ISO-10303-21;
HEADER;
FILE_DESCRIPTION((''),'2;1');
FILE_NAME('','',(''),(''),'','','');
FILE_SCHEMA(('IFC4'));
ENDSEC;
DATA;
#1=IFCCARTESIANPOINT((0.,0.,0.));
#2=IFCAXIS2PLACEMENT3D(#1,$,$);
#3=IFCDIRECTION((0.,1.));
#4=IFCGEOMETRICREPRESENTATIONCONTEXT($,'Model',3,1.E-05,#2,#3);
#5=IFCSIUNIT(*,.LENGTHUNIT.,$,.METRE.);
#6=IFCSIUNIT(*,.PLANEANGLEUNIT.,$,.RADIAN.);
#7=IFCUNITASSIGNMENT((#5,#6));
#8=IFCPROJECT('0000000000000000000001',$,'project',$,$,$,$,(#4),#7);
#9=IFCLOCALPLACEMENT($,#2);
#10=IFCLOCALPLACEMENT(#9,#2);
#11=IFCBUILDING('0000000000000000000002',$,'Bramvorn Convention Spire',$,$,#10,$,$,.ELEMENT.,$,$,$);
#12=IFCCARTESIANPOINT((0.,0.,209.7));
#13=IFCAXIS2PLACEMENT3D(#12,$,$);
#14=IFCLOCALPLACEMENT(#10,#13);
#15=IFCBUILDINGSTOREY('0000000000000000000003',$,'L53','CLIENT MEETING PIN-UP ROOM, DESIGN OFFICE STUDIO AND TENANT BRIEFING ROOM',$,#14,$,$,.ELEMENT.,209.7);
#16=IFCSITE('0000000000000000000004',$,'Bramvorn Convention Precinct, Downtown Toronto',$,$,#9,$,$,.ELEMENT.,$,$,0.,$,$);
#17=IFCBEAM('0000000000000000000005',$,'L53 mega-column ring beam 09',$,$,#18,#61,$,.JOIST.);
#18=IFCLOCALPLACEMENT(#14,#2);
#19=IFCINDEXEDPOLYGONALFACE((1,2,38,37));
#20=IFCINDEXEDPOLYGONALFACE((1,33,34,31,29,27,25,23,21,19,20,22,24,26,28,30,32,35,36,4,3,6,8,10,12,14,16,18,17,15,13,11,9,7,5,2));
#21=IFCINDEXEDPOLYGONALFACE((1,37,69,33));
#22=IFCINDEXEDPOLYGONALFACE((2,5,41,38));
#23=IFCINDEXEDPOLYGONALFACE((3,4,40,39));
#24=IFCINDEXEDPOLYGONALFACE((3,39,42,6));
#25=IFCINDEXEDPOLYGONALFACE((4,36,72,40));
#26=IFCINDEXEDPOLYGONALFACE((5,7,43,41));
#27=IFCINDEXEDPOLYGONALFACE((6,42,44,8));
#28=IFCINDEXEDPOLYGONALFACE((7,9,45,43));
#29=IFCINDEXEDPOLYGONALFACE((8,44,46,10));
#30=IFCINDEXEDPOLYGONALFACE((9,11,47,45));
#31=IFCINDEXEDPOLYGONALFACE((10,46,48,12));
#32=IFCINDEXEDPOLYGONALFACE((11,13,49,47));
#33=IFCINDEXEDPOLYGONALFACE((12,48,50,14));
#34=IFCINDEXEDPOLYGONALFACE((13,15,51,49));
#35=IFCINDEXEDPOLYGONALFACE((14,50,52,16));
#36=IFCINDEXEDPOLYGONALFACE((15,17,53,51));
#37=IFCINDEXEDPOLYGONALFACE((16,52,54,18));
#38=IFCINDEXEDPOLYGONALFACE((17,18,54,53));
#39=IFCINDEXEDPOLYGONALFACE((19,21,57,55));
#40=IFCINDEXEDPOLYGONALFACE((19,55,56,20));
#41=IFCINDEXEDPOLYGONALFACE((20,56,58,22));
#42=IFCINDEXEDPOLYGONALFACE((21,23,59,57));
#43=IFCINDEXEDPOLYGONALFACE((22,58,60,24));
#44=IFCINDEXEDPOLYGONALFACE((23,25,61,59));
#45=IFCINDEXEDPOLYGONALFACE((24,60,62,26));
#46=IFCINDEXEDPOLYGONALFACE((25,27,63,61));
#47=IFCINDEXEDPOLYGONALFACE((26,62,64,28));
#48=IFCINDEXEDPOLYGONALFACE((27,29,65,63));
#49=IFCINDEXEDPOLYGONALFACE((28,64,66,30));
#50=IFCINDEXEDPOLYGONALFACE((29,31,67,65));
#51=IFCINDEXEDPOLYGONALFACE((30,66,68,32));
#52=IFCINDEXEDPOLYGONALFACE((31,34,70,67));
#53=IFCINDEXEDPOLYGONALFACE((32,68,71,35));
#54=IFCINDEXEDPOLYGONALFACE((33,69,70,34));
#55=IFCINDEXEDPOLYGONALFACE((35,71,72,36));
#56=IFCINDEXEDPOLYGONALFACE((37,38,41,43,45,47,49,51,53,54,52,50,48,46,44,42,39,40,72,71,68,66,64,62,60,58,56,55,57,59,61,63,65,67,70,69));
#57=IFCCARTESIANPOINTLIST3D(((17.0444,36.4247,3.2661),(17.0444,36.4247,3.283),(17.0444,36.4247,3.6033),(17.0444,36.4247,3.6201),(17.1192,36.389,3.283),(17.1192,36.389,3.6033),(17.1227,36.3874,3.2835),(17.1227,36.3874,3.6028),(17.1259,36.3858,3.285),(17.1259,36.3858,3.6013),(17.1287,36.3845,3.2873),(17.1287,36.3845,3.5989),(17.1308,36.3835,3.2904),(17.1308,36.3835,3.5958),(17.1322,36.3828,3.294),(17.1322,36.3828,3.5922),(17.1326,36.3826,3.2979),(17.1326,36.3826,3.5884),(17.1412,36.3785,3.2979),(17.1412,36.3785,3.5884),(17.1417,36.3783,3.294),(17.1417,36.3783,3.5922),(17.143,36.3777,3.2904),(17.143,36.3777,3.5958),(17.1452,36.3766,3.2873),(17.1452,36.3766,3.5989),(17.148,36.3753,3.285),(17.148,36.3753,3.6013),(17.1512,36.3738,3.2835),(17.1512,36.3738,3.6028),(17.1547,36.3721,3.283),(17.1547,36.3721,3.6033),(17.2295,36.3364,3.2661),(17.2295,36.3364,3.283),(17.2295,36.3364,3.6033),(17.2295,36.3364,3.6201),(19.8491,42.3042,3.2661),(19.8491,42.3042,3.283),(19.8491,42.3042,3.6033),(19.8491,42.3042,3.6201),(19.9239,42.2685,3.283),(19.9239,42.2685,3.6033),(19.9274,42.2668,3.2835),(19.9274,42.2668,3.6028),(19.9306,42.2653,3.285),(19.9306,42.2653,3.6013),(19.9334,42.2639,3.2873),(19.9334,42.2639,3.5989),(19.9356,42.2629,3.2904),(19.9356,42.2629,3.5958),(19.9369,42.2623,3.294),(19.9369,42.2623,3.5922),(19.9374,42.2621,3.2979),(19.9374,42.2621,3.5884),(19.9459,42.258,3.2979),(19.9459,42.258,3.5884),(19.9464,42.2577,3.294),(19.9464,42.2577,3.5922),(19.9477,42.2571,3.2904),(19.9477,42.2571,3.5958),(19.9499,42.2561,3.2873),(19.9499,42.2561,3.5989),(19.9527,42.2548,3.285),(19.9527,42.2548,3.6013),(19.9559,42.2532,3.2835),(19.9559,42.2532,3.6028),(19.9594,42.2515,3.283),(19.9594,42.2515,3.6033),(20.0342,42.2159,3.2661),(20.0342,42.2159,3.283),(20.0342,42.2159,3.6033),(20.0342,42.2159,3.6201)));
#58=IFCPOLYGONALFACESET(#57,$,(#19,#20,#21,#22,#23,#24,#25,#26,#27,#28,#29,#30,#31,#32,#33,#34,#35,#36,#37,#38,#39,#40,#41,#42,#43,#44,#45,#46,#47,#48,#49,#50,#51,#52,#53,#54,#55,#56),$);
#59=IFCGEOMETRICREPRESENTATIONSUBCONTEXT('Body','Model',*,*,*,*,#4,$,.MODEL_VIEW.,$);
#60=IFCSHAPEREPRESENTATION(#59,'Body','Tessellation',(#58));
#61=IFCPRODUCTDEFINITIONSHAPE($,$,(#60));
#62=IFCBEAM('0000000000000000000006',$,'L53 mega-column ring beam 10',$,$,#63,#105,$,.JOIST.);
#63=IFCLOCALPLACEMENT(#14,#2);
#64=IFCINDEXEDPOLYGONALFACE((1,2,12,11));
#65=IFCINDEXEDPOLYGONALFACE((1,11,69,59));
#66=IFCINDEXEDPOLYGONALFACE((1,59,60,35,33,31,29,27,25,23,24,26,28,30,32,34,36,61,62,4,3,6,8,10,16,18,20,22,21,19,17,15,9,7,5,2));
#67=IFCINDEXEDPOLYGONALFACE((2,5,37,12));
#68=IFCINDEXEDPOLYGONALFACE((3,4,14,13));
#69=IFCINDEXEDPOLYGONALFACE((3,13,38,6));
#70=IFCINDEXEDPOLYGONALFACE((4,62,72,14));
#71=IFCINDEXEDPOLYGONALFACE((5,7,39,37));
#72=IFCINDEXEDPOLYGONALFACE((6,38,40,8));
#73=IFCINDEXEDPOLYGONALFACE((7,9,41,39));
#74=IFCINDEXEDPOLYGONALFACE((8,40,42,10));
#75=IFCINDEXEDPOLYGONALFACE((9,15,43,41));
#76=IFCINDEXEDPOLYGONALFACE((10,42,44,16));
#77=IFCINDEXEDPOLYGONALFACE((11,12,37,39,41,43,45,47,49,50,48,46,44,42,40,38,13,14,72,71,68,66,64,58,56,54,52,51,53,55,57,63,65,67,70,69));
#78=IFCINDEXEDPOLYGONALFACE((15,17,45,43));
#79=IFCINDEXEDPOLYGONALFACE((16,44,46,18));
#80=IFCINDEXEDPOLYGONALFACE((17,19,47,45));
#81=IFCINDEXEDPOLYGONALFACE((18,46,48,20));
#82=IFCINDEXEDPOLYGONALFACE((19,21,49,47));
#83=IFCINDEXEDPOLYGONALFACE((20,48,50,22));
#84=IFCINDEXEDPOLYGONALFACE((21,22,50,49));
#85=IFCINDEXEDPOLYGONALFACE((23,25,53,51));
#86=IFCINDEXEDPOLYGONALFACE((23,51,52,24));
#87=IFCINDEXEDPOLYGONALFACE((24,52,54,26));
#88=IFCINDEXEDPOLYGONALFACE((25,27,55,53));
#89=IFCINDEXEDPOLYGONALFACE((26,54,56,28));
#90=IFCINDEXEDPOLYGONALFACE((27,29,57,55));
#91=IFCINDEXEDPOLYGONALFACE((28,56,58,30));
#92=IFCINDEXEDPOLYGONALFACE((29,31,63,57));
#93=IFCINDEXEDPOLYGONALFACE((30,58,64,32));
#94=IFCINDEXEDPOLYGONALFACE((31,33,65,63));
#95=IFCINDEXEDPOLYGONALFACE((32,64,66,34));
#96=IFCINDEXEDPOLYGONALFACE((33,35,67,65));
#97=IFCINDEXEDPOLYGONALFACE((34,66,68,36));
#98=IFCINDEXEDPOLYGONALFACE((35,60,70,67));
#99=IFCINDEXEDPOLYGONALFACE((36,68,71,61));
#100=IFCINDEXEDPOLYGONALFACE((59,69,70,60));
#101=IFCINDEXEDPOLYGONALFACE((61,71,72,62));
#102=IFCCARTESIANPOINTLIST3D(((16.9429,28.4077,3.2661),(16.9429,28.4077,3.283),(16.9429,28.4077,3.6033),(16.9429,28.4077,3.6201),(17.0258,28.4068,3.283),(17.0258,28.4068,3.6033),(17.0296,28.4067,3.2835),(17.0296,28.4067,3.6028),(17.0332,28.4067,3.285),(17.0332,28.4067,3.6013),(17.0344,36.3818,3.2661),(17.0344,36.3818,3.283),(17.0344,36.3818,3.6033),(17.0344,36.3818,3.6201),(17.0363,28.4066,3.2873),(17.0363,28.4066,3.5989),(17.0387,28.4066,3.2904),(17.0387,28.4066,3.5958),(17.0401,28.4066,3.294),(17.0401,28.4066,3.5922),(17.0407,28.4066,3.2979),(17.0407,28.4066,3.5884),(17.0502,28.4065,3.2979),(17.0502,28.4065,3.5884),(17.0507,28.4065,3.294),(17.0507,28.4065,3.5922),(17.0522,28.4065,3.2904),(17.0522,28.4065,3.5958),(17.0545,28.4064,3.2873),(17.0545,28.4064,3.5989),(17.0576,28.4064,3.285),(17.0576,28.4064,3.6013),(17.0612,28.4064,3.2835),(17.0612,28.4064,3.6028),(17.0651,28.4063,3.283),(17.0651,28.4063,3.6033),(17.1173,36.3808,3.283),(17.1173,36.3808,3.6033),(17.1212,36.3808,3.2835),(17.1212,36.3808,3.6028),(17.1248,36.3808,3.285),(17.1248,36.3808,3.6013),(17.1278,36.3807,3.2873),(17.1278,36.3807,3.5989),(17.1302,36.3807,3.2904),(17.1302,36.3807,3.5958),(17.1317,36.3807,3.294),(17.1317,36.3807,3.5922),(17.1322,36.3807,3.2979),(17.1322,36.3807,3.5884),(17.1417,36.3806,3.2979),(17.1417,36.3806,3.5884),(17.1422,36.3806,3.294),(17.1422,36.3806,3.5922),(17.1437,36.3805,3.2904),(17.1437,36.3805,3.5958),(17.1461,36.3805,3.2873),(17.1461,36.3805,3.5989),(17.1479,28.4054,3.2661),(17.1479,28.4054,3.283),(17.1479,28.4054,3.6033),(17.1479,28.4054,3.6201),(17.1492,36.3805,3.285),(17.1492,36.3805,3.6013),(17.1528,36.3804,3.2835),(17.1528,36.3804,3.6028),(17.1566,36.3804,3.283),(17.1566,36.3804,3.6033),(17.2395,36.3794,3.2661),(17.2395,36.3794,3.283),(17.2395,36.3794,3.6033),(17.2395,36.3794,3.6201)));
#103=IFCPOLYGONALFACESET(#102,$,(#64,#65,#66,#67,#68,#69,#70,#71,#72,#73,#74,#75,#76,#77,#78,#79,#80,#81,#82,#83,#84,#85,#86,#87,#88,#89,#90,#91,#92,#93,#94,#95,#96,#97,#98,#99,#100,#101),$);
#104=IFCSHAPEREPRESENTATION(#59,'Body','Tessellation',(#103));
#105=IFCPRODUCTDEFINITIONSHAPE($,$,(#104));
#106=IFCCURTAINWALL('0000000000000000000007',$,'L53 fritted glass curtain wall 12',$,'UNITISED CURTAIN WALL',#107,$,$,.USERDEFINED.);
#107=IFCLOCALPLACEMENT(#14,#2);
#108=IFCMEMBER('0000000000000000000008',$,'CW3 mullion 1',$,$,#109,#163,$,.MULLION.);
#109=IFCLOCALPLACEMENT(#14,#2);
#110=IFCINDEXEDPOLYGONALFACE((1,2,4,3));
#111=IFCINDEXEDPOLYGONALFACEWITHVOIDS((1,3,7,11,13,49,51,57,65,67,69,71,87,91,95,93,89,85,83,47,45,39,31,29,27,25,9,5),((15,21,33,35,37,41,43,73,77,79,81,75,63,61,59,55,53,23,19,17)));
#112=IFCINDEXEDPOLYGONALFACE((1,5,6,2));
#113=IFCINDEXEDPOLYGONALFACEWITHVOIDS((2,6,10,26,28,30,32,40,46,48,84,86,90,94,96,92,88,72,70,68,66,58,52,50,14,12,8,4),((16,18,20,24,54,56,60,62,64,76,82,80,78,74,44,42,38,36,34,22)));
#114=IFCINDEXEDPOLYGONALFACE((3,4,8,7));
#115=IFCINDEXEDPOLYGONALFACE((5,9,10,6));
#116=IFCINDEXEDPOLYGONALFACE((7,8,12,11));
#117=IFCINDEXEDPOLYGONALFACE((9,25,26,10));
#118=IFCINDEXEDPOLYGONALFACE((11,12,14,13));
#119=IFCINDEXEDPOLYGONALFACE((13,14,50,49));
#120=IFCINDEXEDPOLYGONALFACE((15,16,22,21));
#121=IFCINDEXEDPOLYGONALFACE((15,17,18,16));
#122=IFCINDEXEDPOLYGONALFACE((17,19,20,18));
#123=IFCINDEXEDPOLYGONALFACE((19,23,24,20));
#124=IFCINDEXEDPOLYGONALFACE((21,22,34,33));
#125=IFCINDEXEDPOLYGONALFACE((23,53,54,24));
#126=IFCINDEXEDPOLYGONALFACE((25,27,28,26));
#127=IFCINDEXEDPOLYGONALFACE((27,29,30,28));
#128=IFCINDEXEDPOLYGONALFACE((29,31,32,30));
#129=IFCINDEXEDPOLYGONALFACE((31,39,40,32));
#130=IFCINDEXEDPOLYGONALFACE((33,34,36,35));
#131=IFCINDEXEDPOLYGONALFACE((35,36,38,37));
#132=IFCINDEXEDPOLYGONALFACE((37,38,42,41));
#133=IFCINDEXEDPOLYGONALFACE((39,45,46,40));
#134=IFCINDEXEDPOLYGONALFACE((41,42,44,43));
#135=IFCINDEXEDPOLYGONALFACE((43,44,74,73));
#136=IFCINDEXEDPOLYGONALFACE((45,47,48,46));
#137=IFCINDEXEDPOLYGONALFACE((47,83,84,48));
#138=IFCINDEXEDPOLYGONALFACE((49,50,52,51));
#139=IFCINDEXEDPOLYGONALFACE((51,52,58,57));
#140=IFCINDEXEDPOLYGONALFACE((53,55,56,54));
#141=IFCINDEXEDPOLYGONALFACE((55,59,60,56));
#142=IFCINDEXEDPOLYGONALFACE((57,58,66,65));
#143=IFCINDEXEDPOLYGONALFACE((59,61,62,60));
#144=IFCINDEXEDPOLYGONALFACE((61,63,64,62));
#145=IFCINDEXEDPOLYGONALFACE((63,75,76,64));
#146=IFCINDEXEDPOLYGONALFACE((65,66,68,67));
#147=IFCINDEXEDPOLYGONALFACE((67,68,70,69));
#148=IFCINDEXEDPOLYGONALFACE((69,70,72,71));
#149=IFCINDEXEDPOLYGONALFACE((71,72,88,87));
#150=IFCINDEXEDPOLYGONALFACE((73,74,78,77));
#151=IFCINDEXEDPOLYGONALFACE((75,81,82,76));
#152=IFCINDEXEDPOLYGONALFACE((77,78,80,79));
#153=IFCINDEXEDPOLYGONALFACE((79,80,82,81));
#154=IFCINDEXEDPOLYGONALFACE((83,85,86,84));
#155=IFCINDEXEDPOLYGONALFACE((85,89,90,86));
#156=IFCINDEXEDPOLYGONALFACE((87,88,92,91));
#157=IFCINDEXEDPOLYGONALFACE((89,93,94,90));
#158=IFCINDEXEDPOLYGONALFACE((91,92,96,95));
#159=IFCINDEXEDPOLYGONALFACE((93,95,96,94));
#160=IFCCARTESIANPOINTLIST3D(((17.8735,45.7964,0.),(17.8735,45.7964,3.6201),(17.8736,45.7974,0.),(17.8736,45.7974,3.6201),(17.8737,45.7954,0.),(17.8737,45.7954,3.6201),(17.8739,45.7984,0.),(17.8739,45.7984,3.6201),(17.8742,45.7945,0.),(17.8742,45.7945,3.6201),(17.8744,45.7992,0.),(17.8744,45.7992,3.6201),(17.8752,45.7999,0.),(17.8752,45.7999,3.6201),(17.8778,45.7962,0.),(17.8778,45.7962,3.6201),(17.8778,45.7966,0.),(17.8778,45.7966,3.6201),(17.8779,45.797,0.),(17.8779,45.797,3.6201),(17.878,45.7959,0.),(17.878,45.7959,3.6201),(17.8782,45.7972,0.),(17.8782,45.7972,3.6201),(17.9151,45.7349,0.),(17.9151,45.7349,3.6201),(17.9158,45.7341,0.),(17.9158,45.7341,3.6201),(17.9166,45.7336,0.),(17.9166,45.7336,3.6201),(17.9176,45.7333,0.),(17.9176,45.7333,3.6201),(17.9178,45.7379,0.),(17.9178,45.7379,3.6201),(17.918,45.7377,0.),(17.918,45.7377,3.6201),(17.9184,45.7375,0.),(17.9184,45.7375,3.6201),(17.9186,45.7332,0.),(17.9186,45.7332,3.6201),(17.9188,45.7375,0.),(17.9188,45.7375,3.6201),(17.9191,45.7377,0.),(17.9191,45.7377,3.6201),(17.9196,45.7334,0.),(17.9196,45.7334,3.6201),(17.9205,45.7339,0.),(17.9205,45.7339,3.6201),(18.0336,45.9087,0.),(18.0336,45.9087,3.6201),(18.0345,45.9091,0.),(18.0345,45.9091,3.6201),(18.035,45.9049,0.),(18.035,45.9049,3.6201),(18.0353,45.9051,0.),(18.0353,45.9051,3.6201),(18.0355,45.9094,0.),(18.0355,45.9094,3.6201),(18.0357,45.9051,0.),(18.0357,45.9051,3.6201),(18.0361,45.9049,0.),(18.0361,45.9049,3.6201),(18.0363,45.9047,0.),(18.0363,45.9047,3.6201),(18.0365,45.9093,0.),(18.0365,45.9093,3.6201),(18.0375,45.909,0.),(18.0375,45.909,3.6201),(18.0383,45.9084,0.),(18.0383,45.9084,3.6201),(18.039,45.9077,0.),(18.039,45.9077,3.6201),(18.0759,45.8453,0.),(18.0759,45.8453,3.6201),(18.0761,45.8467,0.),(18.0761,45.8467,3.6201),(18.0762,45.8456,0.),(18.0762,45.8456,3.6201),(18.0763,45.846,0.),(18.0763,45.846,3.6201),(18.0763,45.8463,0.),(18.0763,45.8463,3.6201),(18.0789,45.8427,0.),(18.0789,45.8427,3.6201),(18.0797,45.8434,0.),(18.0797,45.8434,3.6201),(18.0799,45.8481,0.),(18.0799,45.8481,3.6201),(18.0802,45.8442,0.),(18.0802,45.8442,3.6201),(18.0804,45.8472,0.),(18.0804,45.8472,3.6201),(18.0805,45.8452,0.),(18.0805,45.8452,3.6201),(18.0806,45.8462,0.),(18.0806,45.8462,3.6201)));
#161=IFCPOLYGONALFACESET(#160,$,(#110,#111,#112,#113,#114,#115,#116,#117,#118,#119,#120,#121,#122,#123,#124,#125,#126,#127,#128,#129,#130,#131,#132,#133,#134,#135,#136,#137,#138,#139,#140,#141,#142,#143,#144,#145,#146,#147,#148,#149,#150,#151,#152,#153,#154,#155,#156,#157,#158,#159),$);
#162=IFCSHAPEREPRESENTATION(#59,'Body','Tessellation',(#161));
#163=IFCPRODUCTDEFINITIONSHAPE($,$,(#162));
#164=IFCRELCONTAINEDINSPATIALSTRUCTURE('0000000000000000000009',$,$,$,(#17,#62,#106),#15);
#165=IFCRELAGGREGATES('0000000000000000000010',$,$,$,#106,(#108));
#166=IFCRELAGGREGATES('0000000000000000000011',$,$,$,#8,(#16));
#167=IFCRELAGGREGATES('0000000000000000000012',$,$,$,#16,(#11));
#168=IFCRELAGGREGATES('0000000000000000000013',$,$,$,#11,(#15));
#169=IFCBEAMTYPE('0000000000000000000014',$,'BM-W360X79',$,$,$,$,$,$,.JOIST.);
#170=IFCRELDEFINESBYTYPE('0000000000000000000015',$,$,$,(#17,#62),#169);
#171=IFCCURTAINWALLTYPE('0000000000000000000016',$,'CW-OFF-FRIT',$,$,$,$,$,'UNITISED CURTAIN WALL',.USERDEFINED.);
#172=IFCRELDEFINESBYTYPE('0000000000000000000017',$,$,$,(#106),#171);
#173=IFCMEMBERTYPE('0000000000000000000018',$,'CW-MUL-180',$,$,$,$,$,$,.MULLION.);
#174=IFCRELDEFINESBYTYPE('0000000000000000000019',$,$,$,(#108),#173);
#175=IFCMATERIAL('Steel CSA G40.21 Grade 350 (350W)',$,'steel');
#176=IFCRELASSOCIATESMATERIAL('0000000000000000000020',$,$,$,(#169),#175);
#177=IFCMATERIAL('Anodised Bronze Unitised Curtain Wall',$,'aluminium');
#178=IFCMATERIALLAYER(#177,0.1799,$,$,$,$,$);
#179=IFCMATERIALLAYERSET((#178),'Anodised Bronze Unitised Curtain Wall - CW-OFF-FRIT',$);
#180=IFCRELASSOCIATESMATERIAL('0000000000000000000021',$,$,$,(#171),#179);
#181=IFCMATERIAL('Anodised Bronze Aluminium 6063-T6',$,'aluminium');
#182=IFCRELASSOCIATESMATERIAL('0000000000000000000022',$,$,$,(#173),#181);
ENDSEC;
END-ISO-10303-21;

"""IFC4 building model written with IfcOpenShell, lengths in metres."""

from ifc_helpers import new_model, si_unit, direction, frame, origin, origin_2d, place, context, subcontext, project, spatial, hollow_rectangle, i_section, extrude, material, layer, layer_set, material_profile, profile_set, type_object, element, aggregate, save


model = new_model("IFC4")

# Units and contexts
model_context = context("Model", 3, precision=1e-05, world=origin(), true_north=direction((0.0, 1.0)))
body_context = subcontext(model_context, "Body", "Model", "MODEL_VIEW")
ifc_project = project(units=[si_unit("LENGTHUNIT", "METRE"), si_unit("PLANEANGLEUNIT", "RADIAN")], contexts=[model_context])

# Site, building, storey
site_placement = place(None, origin())
site = spatial("IfcSite", under=ifc_project, at=site_placement, Name="Bramvorn Convention Precinct, Downtown Toronto", CompositionType="ELEMENT", RefElevation=0.0)
building_placement = place(site_placement, origin())
building = spatial("IfcBuilding", under=site, at=building_placement, Name="Bramvorn Convention Spire", CompositionType="ELEMENT")
storey_placement = place(building_placement, frame((0.0, 0.0, 209.7)))
storey = spatial("IfcBuildingStorey", under=building, at=storey_placement, Name="L53", Description="CLIENT MEETING PIN-UP ROOM, DESIGN OFFICE STUDIO AND TENANT BRIEFING ROOM", CompositionType="ELEMENT", Elevation=209.7)

# Shared definitions
ifc_material_1 = material(Name="Steel CSA G40.21 Grade 350 (350W)", Category="steel")

# Beams
ifc_material_profile_1 = material_profile(ifc_material_1, i_section(OverallWidth=0.2051, OverallDepth=0.354, WebThickness=0.0095, FlangeThickness=0.0168, FilletRadius=0.0149, at=origin_2d()))
ifc_profile_set_1 = profile_set([ifc_material_profile_1], Name="Steel CSA G40.21 Grade 350 (350W) - W360X79")
beam_type_1 = type_object("IfcBeamType", Name="BM-W360X79", PredefinedType="JOIST", material=ifc_profile_set_1)
beam_1_placement = place(storey_placement, frame((19.9417, 42.26, 3.4431), z_axis=(-0.430556, -0.902564, 0.0), x_axis=(0.902564, -0.430556, 0.0)))
element("IfcBeam", 1, at=beam_1_placement, inside=storey, type_object=beam_type_1, Name="L53 mega-column ring beam 09", PredefinedType="JOIST", context=body_context, shape_type="SweptSolid", body=[
    extrude(i_section(OverallWidth=0.2051, OverallDepth=0.354, WebThickness=0.0095, FlangeThickness=0.0168, FilletRadius=0.0149, at=origin_2d()), origin(), (0.0, 0.0, 1.0), 6.5142),
])
beam_2_placement = place(storey_placement, frame((17.137, 36.3806, 3.4431), z_axis=(-0.01148, -0.999934, 0.0), x_axis=(0.999934, -0.01148, 0.0)))
element("IfcBeam", 2, at=beam_2_placement, inside=storey, type_object=beam_type_1, Name="L53 mega-column ring beam 10", PredefinedType="JOIST", context=body_context, shape_type="SweptSolid", body=[
    extrude(i_section(OverallWidth=0.2051, OverallDepth=0.354, WebThickness=0.0095, FlangeThickness=0.0168, FilletRadius=0.0149, at=origin_2d()), origin(), (0.0, 0.0, 1.0), 7.9746),
])

# Curtain wall, member
ifc_material_2 = material(Name="Anodised Bronze Unitised Curtain Wall", Category="aluminium")
ifc_layer_1 = layer(ifc_material_2, 0.1799)
ifc_layer_set_1 = layer_set([ifc_layer_1], Name="Anodised Bronze Unitised Curtain Wall - CW-OFF-FRIT")
curtain_wall_type = type_object("IfcCurtainWallType", Name="CW-OFF-FRIT", ElementType="UNITISED CURTAIN WALL", PredefinedType="USERDEFINED", material=ifc_layer_set_1)
curtain_wall_1_placement = place(storey_placement, origin())
curtain_wall_1 = element("IfcCurtainWall", 3, at=curtain_wall_1_placement, inside=storey, type_object=curtain_wall_type, Name="L53 fritted glass curtain wall 12", ObjectType="UNITISED CURTAIN WALL", PredefinedType="USERDEFINED")
ifc_material_3 = material(Name="Anodised Bronze Aluminium 6063-T6", Category="aluminium")
ifc_material_profile_2 = material_profile(ifc_material_3, hollow_rectangle(XDim=0.0801, YDim=0.2, WallThickness=0.0039, InnerFilletRadius=0.001, OuterFilletRadius=0.0039, at=origin_2d()))
ifc_profile_set_2 = profile_set([ifc_material_profile_2], Name="Anodised Bronze Aluminium 6063-T6 - CWM80X200")
member_type_1 = type_object("IfcMemberType", Name="CW-MUL-180", PredefinedType="MULLION", material=ifc_profile_set_2)
member_1_placement = place(storey_placement, frame((17.9771, 45.8213, 0.0), z_axis=(0.0, 0.0, 1.0), x_axis=(-0.566152, 0.824301, 0.0)))
member_1 = element("IfcMember", 4, at=member_1_placement, type_object=member_type_1, Name="CW3 mullion 1", PredefinedType="MULLION", context=body_context, shape_type="SweptSolid", body=[
    extrude(hollow_rectangle(XDim=0.0801, YDim=0.2, WallThickness=0.0039, InnerFilletRadius=0.001, OuterFilletRadius=0.0039, at=origin_2d()), origin(), (0.0, 0.0, 1.0), 3.6201),
])

aggregate(curtain_wall_1, [member_1])

save(model, "model.ifc")
